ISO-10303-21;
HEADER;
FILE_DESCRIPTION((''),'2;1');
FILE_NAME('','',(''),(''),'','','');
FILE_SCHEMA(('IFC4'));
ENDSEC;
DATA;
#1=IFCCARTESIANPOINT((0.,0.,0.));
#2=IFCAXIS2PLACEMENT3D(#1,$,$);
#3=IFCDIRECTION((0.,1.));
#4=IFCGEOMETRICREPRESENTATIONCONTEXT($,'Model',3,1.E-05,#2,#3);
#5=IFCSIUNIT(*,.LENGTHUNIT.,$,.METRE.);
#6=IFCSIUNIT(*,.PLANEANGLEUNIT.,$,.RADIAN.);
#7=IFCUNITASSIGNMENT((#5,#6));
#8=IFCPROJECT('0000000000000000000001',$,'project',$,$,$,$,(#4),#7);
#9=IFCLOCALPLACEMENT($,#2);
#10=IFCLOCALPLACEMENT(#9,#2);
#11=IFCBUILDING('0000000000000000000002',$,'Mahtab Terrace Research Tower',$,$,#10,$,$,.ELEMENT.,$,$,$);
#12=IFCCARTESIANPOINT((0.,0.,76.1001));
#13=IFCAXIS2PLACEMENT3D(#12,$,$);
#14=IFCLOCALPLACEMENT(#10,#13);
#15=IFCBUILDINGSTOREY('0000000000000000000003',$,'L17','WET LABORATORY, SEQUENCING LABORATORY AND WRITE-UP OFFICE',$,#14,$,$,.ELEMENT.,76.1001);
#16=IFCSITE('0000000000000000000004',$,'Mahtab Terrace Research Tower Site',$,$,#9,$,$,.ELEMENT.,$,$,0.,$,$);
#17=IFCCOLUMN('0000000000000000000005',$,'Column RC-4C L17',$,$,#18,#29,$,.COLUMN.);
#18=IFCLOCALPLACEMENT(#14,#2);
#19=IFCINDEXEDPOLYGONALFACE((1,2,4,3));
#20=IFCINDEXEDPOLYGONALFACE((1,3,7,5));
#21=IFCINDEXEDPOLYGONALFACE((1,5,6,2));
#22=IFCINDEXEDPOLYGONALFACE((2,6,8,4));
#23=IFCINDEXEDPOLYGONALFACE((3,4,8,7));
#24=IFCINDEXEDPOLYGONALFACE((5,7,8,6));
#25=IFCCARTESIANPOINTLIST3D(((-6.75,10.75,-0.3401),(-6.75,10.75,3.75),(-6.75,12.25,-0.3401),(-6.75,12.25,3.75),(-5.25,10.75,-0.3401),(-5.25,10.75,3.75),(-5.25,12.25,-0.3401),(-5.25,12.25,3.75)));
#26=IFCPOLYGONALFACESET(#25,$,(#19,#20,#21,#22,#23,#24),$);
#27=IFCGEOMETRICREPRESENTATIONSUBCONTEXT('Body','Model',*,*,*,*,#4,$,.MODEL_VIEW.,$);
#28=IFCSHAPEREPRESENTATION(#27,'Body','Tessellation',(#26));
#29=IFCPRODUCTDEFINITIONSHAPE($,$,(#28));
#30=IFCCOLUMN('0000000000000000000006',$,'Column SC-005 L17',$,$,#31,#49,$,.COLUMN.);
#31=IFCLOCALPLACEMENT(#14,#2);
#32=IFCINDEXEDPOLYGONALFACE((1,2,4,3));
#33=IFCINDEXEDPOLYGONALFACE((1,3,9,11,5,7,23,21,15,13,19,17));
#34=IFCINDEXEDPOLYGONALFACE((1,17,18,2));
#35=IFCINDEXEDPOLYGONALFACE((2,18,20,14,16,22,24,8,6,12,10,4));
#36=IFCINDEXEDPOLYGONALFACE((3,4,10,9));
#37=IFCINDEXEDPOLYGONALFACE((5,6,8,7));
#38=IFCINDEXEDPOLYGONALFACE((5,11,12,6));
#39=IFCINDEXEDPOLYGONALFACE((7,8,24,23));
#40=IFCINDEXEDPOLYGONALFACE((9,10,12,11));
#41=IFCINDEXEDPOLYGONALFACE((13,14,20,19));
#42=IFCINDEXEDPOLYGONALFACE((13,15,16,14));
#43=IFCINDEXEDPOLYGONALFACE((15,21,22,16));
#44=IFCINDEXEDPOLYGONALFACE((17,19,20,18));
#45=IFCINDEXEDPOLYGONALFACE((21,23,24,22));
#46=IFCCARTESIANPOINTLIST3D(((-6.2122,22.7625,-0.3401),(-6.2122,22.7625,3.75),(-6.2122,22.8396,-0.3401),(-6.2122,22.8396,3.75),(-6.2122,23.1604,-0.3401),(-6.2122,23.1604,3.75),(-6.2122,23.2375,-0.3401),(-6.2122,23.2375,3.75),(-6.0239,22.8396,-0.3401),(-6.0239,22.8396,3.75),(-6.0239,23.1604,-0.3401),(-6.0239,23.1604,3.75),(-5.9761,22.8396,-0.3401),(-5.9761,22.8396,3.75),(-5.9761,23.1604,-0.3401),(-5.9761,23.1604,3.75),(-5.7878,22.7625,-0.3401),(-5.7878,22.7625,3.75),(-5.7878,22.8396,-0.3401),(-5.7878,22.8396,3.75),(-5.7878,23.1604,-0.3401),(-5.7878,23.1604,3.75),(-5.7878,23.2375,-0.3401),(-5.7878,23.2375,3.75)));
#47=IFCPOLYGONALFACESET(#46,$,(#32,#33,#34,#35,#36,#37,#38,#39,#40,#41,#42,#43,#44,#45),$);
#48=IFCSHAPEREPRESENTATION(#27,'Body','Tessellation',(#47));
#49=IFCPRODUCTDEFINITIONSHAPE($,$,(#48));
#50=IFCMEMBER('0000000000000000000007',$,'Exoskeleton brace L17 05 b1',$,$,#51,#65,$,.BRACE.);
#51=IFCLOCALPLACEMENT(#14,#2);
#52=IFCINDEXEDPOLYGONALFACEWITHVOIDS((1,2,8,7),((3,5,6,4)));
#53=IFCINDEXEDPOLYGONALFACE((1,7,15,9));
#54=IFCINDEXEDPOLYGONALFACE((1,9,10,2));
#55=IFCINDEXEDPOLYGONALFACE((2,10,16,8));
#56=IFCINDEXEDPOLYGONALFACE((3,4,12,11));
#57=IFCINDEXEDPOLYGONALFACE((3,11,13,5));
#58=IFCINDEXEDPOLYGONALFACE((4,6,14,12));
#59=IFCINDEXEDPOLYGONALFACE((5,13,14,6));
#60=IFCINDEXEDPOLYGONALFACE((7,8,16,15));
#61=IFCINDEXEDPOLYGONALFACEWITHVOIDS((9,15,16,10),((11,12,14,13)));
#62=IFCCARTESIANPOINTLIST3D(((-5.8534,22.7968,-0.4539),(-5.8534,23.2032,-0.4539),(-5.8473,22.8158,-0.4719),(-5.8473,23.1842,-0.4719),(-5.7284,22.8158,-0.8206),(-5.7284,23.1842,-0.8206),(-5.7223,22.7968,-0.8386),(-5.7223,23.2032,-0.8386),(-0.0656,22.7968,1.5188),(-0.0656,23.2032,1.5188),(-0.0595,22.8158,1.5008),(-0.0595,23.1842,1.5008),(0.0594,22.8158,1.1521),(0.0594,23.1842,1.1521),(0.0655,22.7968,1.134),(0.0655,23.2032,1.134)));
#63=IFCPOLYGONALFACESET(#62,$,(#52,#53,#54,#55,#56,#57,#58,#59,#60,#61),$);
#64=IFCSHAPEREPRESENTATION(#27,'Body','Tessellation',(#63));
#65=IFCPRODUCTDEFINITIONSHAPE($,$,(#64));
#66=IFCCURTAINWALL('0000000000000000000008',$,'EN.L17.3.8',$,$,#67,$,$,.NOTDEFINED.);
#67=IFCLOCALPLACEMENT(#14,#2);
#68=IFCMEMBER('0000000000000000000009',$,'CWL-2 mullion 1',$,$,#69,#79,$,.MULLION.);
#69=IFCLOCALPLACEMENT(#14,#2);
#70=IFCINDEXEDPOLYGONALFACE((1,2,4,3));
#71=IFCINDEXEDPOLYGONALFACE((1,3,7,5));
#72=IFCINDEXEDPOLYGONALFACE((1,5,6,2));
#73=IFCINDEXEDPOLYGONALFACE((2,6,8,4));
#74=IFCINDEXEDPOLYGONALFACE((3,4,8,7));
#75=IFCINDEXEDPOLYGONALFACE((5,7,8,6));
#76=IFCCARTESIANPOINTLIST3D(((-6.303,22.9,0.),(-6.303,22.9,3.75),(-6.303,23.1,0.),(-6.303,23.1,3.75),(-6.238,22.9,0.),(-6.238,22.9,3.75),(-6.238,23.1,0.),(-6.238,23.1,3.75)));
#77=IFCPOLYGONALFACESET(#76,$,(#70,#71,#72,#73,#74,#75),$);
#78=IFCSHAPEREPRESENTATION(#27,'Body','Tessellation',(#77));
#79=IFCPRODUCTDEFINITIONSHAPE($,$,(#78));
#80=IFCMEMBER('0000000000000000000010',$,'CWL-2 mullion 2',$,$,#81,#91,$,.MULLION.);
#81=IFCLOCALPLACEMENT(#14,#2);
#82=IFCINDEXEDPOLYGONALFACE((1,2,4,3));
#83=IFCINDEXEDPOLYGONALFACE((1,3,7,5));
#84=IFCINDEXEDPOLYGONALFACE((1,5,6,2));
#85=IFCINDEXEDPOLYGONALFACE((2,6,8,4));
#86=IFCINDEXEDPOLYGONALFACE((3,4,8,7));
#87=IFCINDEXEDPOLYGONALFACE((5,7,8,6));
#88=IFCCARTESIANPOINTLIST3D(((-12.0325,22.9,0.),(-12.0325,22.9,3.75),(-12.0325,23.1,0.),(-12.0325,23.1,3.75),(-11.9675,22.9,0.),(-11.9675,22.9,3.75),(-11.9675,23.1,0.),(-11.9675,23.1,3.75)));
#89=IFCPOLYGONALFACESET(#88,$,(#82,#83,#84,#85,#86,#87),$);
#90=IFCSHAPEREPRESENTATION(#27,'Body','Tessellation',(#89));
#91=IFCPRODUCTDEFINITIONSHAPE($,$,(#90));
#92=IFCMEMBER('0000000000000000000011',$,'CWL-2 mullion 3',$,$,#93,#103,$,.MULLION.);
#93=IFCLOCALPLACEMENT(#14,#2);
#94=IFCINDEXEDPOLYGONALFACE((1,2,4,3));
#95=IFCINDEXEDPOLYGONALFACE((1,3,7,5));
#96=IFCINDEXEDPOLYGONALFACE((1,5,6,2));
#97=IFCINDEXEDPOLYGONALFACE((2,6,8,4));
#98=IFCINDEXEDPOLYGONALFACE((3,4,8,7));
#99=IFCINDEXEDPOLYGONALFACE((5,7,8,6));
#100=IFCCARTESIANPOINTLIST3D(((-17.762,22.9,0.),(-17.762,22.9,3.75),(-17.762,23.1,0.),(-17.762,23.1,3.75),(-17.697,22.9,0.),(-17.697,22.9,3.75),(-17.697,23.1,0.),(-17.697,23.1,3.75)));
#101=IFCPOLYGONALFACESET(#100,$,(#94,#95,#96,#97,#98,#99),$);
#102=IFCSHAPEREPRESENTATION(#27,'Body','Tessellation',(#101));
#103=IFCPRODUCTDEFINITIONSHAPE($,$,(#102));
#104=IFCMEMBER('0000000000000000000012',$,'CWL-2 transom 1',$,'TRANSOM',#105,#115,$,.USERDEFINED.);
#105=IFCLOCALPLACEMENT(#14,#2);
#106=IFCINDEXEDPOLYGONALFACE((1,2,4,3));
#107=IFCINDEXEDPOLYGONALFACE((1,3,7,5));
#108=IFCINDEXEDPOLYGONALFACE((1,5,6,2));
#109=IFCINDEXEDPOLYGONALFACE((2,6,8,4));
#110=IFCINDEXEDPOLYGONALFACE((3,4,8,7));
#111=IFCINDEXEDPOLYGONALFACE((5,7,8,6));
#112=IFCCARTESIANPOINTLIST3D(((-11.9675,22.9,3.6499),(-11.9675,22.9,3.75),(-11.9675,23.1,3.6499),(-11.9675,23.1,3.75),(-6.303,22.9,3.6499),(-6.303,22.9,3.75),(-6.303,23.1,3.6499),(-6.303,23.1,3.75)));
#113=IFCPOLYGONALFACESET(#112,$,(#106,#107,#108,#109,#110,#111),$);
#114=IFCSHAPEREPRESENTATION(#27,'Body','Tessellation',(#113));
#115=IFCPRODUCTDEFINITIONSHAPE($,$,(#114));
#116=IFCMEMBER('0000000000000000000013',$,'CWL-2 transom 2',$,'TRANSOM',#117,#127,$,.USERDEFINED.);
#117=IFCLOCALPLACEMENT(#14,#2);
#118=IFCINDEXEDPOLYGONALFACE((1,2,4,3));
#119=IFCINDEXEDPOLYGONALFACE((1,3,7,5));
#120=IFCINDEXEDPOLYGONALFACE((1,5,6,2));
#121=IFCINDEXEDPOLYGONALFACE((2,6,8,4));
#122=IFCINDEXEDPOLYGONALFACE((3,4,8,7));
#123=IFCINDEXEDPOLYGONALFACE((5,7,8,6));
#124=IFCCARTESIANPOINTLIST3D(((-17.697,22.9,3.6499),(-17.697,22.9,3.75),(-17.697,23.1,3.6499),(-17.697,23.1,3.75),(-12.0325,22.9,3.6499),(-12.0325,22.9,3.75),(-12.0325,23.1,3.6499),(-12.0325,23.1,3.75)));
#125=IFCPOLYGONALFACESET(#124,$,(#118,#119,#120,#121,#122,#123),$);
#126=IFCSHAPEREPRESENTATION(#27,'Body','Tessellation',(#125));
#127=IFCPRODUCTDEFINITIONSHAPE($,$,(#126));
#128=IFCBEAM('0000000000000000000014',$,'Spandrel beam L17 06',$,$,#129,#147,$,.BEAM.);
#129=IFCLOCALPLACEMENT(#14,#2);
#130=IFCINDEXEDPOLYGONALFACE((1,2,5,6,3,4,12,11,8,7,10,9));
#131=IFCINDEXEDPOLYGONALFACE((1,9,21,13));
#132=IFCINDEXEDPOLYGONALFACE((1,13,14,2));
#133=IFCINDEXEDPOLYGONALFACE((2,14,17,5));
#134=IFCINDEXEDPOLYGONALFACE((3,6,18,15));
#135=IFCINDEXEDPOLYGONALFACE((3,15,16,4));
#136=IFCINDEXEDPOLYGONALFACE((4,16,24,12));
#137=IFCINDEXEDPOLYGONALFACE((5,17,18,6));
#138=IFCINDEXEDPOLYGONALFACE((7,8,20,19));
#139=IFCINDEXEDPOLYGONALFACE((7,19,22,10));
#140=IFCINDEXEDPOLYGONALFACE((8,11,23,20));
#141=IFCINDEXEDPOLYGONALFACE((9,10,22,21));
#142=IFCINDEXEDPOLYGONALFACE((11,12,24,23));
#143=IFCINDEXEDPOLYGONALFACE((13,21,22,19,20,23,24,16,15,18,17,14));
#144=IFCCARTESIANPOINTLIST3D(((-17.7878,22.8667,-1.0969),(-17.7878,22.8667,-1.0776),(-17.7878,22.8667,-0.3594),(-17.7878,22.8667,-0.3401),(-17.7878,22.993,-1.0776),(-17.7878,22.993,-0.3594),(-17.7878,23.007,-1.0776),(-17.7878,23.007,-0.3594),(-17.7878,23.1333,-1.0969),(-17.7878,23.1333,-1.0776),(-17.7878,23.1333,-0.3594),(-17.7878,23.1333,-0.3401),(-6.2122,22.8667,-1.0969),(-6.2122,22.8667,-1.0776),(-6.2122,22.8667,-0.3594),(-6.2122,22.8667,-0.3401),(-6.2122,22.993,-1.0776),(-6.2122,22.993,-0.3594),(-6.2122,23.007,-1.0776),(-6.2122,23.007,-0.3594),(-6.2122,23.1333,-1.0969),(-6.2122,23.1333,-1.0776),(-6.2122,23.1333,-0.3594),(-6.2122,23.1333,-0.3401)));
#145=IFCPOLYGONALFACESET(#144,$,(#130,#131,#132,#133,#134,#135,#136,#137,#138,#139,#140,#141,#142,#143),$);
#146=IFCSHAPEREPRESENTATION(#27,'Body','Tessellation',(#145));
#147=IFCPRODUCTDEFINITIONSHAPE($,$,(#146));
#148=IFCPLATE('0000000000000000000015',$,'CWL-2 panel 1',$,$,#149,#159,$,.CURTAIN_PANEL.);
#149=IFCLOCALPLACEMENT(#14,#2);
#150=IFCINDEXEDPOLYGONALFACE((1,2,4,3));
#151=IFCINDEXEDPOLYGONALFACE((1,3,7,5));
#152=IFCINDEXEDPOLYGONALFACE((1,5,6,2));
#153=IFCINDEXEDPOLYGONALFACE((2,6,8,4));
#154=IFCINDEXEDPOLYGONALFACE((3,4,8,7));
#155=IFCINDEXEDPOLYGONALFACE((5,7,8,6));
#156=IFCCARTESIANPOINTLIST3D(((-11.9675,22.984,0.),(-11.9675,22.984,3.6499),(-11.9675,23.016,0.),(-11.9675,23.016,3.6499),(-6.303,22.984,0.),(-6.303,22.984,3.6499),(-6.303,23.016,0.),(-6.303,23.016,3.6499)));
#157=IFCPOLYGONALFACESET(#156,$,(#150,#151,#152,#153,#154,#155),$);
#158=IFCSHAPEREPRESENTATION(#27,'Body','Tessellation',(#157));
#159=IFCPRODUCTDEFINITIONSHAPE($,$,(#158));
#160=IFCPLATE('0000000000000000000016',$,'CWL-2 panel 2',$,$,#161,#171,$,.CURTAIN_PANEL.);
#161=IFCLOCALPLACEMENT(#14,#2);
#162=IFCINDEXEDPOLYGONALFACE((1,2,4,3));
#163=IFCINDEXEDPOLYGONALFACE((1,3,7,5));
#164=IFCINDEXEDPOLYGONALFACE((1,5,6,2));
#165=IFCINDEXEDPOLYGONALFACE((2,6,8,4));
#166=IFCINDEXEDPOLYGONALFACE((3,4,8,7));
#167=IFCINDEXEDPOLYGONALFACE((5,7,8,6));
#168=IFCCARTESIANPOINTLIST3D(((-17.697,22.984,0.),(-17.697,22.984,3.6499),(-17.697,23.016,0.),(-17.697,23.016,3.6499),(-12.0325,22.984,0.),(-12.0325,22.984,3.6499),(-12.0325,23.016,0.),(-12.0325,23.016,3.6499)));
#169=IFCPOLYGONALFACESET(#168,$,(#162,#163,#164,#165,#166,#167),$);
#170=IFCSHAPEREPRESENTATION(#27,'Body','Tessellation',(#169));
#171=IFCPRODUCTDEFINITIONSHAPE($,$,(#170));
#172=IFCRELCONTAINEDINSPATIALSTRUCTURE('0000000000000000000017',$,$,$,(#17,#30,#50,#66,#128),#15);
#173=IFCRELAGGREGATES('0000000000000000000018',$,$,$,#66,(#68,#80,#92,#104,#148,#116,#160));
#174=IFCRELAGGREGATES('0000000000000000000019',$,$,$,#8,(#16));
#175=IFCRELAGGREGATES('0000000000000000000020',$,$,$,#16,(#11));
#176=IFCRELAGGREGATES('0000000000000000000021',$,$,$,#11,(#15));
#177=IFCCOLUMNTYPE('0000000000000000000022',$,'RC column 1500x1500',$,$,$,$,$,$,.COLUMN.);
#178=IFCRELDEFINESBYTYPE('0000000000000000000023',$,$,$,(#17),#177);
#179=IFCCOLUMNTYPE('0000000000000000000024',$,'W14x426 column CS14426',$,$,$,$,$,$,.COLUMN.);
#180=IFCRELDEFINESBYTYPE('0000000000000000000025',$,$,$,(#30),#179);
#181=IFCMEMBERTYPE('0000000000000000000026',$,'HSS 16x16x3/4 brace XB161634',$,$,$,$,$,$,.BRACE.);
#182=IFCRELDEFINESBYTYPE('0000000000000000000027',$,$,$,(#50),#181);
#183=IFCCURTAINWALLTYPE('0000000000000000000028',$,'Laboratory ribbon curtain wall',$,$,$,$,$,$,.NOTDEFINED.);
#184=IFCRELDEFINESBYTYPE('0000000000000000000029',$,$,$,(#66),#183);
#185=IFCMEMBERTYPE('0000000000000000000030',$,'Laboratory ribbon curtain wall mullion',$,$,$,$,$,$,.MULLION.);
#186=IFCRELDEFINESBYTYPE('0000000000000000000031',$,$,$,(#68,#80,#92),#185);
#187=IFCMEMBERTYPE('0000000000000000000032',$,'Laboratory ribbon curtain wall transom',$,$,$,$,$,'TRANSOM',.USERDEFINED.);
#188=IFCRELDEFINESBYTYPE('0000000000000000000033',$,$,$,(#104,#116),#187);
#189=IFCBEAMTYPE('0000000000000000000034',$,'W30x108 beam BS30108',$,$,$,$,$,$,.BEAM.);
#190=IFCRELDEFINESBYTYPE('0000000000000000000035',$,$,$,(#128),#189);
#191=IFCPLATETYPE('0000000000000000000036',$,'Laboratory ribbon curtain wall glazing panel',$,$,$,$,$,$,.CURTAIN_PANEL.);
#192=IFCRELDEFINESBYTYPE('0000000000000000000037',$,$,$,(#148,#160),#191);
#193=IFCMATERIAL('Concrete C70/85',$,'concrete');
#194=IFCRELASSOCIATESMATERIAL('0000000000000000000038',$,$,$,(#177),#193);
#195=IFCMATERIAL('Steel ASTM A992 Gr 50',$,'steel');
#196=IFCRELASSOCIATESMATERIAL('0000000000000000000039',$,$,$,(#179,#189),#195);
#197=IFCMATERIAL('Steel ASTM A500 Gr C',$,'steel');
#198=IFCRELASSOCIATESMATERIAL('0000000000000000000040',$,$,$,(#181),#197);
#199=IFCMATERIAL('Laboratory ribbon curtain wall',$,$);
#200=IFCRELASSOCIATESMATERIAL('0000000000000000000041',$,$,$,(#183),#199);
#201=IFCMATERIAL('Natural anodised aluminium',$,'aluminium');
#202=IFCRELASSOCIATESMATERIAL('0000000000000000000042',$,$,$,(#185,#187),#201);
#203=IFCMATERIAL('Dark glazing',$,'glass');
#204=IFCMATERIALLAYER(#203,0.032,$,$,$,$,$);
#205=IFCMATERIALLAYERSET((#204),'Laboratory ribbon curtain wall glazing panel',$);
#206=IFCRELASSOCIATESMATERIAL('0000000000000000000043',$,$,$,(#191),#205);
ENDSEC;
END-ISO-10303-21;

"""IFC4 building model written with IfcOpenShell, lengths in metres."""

from ifc_helpers import new_model, si_unit, direction, frame, origin, origin_2d, place, context, subcontext, project, spatial, rectangle, hollow_rectangle, i_section, extrude, material, layer, layer_set, material_profile, profile_set, type_object, element, aggregate, save


model = new_model("IFC4")

# Units and contexts
model_context = context("Model", 3, precision=1e-05, world=origin(), true_north=direction((0.0, 1.0)))
body_context = subcontext(model_context, "Body", "Model", "MODEL_VIEW")
ifc_project = project(units=[si_unit("LENGTHUNIT", "METRE"), si_unit("PLANEANGLEUNIT", "RADIAN")], contexts=[model_context])

# Site, building, storey
site_placement = place(None, origin())
site = spatial("IfcSite", under=ifc_project, at=site_placement, Name="Mahtab Terrace Research Tower Site", CompositionType="ELEMENT", RefElevation=0.0)
building_placement = place(site_placement, origin())
building = spatial("IfcBuilding", under=site, at=building_placement, Name="Mahtab Terrace Research Tower", CompositionType="ELEMENT")
storey_placement = place(building_placement, frame((0.0, 0.0, 76.1001)))
storey = spatial("IfcBuildingStorey", under=building, at=storey_placement, Name="L17", Description="WET LABORATORY, SEQUENCING LABORATORY AND WRITE-UP OFFICE", CompositionType="ELEMENT", Elevation=76.1001)

# Columns
ifc_material_1 = material(Name="Concrete C70/85", Category="concrete")
ifc_material_profile_1 = material_profile(ifc_material_1, rectangle(XDim=1.5, YDim=1.5, at=origin_2d()), Name="RC column 1500x1500")
ifc_profile_set_1 = profile_set([ifc_material_profile_1], Name="Concrete C70/85")
column_type_1 = type_object("IfcColumnType", Name="RC column 1500x1500", PredefinedType="COLUMN", material=ifc_profile_set_1)
column_1_placement = place(storey_placement, frame((-6.0, 11.5, -0.3401), z_axis=(0.0, 0.0, 1.0), x_axis=(1.0, 0.0, 0.0)))
element("IfcColumn", 1, at=column_1_placement, inside=storey, type_object=column_type_1, Name="Column RC-4C L17", PredefinedType="COLUMN", context=body_context, shape_type="SweptSolid", body=[
    extrude(rectangle(XDim=1.5, YDim=1.5, at=origin_2d()), origin(), (0.0, 0.0, 1.0), 4.0901),
])
ifc_material_2 = material(Name="Steel ASTM A992 Gr 50", Category="steel")
ifc_material_profile_2 = material_profile(ifc_material_2, i_section(OverallWidth=0.4243, OverallDepth=0.4751, WebThickness=0.0479, FlangeThickness=0.0771, at=origin_2d()), Name="W14X426")
ifc_profile_set_2 = profile_set([ifc_material_profile_2], Name="Steel ASTM A992 Gr 50")
column_type_2 = type_object("IfcColumnType", Name="W14x426 column CS14426", PredefinedType="COLUMN", material=ifc_profile_set_2)
column_2_placement = place(storey_placement, frame((-6.0, 23.0, -0.3401), z_axis=(0.0, 0.0, 1.0), x_axis=(1.0, 0.0, 0.0)))
element("IfcColumn", 2, at=column_2_placement, inside=storey, type_object=column_type_2, Name="Column SC-005 L17", PredefinedType="COLUMN", context=body_context, shape_type="SweptSolid", body=[
    extrude(i_section(OverallWidth=0.4243, OverallDepth=0.4751, WebThickness=0.0479, FlangeThickness=0.0771, at=origin_2d()), origin(), (0.0, 0.0, 1.0), 4.0901),
])

# Member
ifc_material_3 = material(Name="Steel ASTM A500 Gr C", Category="steel")
ifc_material_profile_3 = material_profile(ifc_material_3, hollow_rectangle(XDim=0.4065, YDim=0.4065, WallThickness=0.019, at=origin_2d()), Name="HSS16X16X3/4")
ifc_profile_set_3 = profile_set([ifc_material_profile_3], Name="Steel ASTM A500 Gr C")
member_type_1 = type_object("IfcMemberType", Name="HSS 16x16x3/4 brace XB161634", PredefinedType="BRACE", material=ifc_profile_set_3)
member_1_placement = place(storey_placement, frame((-5.7878, 23.0, -0.6462), z_axis=(0.946534, 0.0, 0.322605), x_axis=(0.0, 1.0, 0.0)))
element("IfcMember", 3, at=member_1_placement, inside=storey, type_object=member_type_1, Name="Exoskeleton brace L17 05 b1", PredefinedType="BRACE", context=body_context, shape_type="SweptSolid", body=[
    extrude(hollow_rectangle(XDim=0.4065, YDim=0.4065, WallThickness=0.019, at=origin_2d()), origin(), (0.0, 0.0, 1.0), 6.1147),
])

# Curtain wall, members
ifc_material_4 = material(Name="Laboratory ribbon curtain wall")
curtain_wall_type = type_object("IfcCurtainWallType", Name="Laboratory ribbon curtain wall", PredefinedType="NOTDEFINED", material=ifc_material_4)
curtain_wall_placement = place(storey_placement, origin())
curtain_wall = element("IfcCurtainWall", 4, at=curtain_wall_placement, inside=storey, type_object=curtain_wall_type, Name="EN.L17.3.8", PredefinedType="NOTDEFINED")
ifc_material_5 = material(Name="Natural anodised aluminium", Category="aluminium")
ifc_material_profile_4 = material_profile(ifc_material_5, rectangle(XDim=0.2, YDim=0.0649, at=origin_2d()), Name="MULLION 65x200")
ifc_profile_set_4 = profile_set([ifc_material_profile_4], Name="Natural anodised aluminium")
member_type_2 = type_object("IfcMemberType", Name="Laboratory ribbon curtain wall mullion", PredefinedType="MULLION", material=ifc_profile_set_4)
member_2_placement = place(storey_placement, frame((-6.2705, 23.0, 0.0), z_axis=(0.0, 0.0, 1.0), x_axis=(0.0, -1.0, 0.0)))
member_2 = element("IfcMember", 5, at=member_2_placement, type_object=member_type_2, Name="CWL-2 mullion 1", PredefinedType="MULLION", context=body_context, shape_type="SweptSolid", body=[
    extrude(rectangle(XDim=0.2, YDim=0.0649, at=origin_2d()), origin(), (0.0, 0.0, 1.0), 3.75),
])
member_3_placement = place(storey_placement, frame((-12.0, 23.0, 0.0), z_axis=(0.0, 0.0, 1.0), x_axis=(0.0, -1.0, 0.0)))
member_3 = element("IfcMember", 6, at=member_3_placement, type_object=member_type_2, Name="CWL-2 mullion 2", PredefinedType="MULLION", context=body_context, shape_type="SweptSolid", body=[
    extrude(rectangle(XDim=0.2, YDim=0.0649, at=origin_2d()), origin(), (0.0, 0.0, 1.0), 3.75),
])
member_4_placement = place(storey_placement, frame((-17.7295, 23.0, 0.0), z_axis=(0.0, 0.0, 1.0), x_axis=(0.0, -1.0, 0.0)))
member_4 = element("IfcMember", 7, at=member_4_placement, type_object=member_type_2, Name="CWL-2 mullion 3", PredefinedType="MULLION", context=body_context, shape_type="SweptSolid", body=[
    extrude(rectangle(XDim=0.2, YDim=0.0649, at=origin_2d()), origin(), (0.0, 0.0, 1.0), 3.75),
])
ifc_material_profile_5 = material_profile(ifc_material_5, rectangle(XDim=0.2, YDim=0.1001, at=origin_2d()), Name="TRANSOM 100x200")
ifc_profile_set_5 = profile_set([ifc_material_profile_5], Name="Natural anodised aluminium")
member_type_3 = type_object("IfcMemberType", Name="Laboratory ribbon curtain wall transom", ElementType="TRANSOM", PredefinedType="USERDEFINED", material=ifc_profile_set_5)
member_5_placement = place(storey_placement, frame((-6.303, 23.0, 3.7), z_axis=(-1.0, 0.0, 0.0), x_axis=(0.0, -1.0, 0.0)))
member_5 = element("IfcMember", 8, at=member_5_placement, type_object=member_type_3, Name="CWL-2 transom 1", ObjectType="TRANSOM", PredefinedType="USERDEFINED", context=body_context, shape_type="SweptSolid", body=[
    extrude(rectangle(XDim=0.2, YDim=0.1001, at=origin_2d()), origin(), (0.0, 0.0, 1.0), 5.6646),
])
member_6_placement = place(storey_placement, frame((-12.0325, 23.0, 3.7), z_axis=(-1.0, 0.0, 0.0), x_axis=(0.0, -1.0, 0.0)))
member_6 = element("IfcMember", 9, at=member_6_placement, type_object=member_type_3, Name="CWL-2 transom 2", ObjectType="TRANSOM", PredefinedType="USERDEFINED", context=body_context, shape_type="SweptSolid", body=[
    extrude(rectangle(XDim=0.2, YDim=0.1001, at=origin_2d()), origin(), (0.0, 0.0, 1.0), 5.6646),
])

# Beam
ifc_material_profile_6 = material_profile(ifc_material_2, i_section(OverallWidth=0.2666, OverallDepth=0.7568, WebThickness=0.0139, FlangeThickness=0.0193, at=origin_2d()), Name="W30X108")
ifc_profile_set_6 = profile_set([ifc_material_profile_6], Name="Steel ASTM A992 Gr 50")
beam_type = type_object("IfcBeamType", Name="W30x108 beam BS30108", PredefinedType="BEAM", material=ifc_profile_set_6)
beam_placement = place(storey_placement, frame((-6.2122, 23.0, -0.7185), z_axis=(-1.0, 0.0, 0.0), x_axis=(0.0, -1.0, 0.0)))
element("IfcBeam", 10, at=beam_placement, inside=storey, type_object=beam_type, Name="Spandrel beam L17 06", PredefinedType="BEAM", context=body_context, shape_type="SweptSolid", body=[
    extrude(i_section(OverallWidth=0.2666, OverallDepth=0.7568, WebThickness=0.0139, FlangeThickness=0.0193, at=origin_2d()), origin(), (0.0, 0.0, 1.0), 11.5757),
])

# Plates
ifc_material_6 = material(Name="Dark glazing", Category="glass")
ifc_layer_1 = layer(ifc_material_6, 0.032)
ifc_layer_set_1 = layer_set([ifc_layer_1], Name="Laboratory ribbon curtain wall glazing panel")
plate_type = type_object("IfcPlateType", Name="Laboratory ribbon curtain wall glazing panel", PredefinedType="CURTAIN_PANEL", material=ifc_layer_set_1)
plate_1_placement = place(storey_placement, frame((-9.1353, 23.0, 0.0), z_axis=(0.0, 0.0, 1.0), x_axis=(-1.0, 0.0, 0.0)))
plate_1 = element("IfcPlate", 11, at=plate_1_placement, type_object=plate_type, Name="CWL-2 panel 1", PredefinedType="CURTAIN_PANEL", context=body_context, shape_type="SweptSolid", body=[
    extrude(rectangle(XDim=5.6646, YDim=0.032, at=origin_2d()), origin(), (0.0, 0.0, 1.0), 3.6499),
])
plate_2_placement = place(storey_placement, frame((-14.8647, 23.0, 0.0), z_axis=(0.0, 0.0, 1.0), x_axis=(-1.0, 0.0, 0.0)))
plate_2 = element("IfcPlate", 12, at=plate_2_placement, type_object=plate_type, Name="CWL-2 panel 2", PredefinedType="CURTAIN_PANEL", context=body_context, shape_type="SweptSolid", body=[
    extrude(rectangle(XDim=5.6646, YDim=0.032, at=origin_2d()), origin(), (0.0, 0.0, 1.0), 3.6499),
])
aggregate(curtain_wall, [member_2, member_3, member_4, member_5, plate_1, member_6, plate_2])

save(model, "model.ifc")
